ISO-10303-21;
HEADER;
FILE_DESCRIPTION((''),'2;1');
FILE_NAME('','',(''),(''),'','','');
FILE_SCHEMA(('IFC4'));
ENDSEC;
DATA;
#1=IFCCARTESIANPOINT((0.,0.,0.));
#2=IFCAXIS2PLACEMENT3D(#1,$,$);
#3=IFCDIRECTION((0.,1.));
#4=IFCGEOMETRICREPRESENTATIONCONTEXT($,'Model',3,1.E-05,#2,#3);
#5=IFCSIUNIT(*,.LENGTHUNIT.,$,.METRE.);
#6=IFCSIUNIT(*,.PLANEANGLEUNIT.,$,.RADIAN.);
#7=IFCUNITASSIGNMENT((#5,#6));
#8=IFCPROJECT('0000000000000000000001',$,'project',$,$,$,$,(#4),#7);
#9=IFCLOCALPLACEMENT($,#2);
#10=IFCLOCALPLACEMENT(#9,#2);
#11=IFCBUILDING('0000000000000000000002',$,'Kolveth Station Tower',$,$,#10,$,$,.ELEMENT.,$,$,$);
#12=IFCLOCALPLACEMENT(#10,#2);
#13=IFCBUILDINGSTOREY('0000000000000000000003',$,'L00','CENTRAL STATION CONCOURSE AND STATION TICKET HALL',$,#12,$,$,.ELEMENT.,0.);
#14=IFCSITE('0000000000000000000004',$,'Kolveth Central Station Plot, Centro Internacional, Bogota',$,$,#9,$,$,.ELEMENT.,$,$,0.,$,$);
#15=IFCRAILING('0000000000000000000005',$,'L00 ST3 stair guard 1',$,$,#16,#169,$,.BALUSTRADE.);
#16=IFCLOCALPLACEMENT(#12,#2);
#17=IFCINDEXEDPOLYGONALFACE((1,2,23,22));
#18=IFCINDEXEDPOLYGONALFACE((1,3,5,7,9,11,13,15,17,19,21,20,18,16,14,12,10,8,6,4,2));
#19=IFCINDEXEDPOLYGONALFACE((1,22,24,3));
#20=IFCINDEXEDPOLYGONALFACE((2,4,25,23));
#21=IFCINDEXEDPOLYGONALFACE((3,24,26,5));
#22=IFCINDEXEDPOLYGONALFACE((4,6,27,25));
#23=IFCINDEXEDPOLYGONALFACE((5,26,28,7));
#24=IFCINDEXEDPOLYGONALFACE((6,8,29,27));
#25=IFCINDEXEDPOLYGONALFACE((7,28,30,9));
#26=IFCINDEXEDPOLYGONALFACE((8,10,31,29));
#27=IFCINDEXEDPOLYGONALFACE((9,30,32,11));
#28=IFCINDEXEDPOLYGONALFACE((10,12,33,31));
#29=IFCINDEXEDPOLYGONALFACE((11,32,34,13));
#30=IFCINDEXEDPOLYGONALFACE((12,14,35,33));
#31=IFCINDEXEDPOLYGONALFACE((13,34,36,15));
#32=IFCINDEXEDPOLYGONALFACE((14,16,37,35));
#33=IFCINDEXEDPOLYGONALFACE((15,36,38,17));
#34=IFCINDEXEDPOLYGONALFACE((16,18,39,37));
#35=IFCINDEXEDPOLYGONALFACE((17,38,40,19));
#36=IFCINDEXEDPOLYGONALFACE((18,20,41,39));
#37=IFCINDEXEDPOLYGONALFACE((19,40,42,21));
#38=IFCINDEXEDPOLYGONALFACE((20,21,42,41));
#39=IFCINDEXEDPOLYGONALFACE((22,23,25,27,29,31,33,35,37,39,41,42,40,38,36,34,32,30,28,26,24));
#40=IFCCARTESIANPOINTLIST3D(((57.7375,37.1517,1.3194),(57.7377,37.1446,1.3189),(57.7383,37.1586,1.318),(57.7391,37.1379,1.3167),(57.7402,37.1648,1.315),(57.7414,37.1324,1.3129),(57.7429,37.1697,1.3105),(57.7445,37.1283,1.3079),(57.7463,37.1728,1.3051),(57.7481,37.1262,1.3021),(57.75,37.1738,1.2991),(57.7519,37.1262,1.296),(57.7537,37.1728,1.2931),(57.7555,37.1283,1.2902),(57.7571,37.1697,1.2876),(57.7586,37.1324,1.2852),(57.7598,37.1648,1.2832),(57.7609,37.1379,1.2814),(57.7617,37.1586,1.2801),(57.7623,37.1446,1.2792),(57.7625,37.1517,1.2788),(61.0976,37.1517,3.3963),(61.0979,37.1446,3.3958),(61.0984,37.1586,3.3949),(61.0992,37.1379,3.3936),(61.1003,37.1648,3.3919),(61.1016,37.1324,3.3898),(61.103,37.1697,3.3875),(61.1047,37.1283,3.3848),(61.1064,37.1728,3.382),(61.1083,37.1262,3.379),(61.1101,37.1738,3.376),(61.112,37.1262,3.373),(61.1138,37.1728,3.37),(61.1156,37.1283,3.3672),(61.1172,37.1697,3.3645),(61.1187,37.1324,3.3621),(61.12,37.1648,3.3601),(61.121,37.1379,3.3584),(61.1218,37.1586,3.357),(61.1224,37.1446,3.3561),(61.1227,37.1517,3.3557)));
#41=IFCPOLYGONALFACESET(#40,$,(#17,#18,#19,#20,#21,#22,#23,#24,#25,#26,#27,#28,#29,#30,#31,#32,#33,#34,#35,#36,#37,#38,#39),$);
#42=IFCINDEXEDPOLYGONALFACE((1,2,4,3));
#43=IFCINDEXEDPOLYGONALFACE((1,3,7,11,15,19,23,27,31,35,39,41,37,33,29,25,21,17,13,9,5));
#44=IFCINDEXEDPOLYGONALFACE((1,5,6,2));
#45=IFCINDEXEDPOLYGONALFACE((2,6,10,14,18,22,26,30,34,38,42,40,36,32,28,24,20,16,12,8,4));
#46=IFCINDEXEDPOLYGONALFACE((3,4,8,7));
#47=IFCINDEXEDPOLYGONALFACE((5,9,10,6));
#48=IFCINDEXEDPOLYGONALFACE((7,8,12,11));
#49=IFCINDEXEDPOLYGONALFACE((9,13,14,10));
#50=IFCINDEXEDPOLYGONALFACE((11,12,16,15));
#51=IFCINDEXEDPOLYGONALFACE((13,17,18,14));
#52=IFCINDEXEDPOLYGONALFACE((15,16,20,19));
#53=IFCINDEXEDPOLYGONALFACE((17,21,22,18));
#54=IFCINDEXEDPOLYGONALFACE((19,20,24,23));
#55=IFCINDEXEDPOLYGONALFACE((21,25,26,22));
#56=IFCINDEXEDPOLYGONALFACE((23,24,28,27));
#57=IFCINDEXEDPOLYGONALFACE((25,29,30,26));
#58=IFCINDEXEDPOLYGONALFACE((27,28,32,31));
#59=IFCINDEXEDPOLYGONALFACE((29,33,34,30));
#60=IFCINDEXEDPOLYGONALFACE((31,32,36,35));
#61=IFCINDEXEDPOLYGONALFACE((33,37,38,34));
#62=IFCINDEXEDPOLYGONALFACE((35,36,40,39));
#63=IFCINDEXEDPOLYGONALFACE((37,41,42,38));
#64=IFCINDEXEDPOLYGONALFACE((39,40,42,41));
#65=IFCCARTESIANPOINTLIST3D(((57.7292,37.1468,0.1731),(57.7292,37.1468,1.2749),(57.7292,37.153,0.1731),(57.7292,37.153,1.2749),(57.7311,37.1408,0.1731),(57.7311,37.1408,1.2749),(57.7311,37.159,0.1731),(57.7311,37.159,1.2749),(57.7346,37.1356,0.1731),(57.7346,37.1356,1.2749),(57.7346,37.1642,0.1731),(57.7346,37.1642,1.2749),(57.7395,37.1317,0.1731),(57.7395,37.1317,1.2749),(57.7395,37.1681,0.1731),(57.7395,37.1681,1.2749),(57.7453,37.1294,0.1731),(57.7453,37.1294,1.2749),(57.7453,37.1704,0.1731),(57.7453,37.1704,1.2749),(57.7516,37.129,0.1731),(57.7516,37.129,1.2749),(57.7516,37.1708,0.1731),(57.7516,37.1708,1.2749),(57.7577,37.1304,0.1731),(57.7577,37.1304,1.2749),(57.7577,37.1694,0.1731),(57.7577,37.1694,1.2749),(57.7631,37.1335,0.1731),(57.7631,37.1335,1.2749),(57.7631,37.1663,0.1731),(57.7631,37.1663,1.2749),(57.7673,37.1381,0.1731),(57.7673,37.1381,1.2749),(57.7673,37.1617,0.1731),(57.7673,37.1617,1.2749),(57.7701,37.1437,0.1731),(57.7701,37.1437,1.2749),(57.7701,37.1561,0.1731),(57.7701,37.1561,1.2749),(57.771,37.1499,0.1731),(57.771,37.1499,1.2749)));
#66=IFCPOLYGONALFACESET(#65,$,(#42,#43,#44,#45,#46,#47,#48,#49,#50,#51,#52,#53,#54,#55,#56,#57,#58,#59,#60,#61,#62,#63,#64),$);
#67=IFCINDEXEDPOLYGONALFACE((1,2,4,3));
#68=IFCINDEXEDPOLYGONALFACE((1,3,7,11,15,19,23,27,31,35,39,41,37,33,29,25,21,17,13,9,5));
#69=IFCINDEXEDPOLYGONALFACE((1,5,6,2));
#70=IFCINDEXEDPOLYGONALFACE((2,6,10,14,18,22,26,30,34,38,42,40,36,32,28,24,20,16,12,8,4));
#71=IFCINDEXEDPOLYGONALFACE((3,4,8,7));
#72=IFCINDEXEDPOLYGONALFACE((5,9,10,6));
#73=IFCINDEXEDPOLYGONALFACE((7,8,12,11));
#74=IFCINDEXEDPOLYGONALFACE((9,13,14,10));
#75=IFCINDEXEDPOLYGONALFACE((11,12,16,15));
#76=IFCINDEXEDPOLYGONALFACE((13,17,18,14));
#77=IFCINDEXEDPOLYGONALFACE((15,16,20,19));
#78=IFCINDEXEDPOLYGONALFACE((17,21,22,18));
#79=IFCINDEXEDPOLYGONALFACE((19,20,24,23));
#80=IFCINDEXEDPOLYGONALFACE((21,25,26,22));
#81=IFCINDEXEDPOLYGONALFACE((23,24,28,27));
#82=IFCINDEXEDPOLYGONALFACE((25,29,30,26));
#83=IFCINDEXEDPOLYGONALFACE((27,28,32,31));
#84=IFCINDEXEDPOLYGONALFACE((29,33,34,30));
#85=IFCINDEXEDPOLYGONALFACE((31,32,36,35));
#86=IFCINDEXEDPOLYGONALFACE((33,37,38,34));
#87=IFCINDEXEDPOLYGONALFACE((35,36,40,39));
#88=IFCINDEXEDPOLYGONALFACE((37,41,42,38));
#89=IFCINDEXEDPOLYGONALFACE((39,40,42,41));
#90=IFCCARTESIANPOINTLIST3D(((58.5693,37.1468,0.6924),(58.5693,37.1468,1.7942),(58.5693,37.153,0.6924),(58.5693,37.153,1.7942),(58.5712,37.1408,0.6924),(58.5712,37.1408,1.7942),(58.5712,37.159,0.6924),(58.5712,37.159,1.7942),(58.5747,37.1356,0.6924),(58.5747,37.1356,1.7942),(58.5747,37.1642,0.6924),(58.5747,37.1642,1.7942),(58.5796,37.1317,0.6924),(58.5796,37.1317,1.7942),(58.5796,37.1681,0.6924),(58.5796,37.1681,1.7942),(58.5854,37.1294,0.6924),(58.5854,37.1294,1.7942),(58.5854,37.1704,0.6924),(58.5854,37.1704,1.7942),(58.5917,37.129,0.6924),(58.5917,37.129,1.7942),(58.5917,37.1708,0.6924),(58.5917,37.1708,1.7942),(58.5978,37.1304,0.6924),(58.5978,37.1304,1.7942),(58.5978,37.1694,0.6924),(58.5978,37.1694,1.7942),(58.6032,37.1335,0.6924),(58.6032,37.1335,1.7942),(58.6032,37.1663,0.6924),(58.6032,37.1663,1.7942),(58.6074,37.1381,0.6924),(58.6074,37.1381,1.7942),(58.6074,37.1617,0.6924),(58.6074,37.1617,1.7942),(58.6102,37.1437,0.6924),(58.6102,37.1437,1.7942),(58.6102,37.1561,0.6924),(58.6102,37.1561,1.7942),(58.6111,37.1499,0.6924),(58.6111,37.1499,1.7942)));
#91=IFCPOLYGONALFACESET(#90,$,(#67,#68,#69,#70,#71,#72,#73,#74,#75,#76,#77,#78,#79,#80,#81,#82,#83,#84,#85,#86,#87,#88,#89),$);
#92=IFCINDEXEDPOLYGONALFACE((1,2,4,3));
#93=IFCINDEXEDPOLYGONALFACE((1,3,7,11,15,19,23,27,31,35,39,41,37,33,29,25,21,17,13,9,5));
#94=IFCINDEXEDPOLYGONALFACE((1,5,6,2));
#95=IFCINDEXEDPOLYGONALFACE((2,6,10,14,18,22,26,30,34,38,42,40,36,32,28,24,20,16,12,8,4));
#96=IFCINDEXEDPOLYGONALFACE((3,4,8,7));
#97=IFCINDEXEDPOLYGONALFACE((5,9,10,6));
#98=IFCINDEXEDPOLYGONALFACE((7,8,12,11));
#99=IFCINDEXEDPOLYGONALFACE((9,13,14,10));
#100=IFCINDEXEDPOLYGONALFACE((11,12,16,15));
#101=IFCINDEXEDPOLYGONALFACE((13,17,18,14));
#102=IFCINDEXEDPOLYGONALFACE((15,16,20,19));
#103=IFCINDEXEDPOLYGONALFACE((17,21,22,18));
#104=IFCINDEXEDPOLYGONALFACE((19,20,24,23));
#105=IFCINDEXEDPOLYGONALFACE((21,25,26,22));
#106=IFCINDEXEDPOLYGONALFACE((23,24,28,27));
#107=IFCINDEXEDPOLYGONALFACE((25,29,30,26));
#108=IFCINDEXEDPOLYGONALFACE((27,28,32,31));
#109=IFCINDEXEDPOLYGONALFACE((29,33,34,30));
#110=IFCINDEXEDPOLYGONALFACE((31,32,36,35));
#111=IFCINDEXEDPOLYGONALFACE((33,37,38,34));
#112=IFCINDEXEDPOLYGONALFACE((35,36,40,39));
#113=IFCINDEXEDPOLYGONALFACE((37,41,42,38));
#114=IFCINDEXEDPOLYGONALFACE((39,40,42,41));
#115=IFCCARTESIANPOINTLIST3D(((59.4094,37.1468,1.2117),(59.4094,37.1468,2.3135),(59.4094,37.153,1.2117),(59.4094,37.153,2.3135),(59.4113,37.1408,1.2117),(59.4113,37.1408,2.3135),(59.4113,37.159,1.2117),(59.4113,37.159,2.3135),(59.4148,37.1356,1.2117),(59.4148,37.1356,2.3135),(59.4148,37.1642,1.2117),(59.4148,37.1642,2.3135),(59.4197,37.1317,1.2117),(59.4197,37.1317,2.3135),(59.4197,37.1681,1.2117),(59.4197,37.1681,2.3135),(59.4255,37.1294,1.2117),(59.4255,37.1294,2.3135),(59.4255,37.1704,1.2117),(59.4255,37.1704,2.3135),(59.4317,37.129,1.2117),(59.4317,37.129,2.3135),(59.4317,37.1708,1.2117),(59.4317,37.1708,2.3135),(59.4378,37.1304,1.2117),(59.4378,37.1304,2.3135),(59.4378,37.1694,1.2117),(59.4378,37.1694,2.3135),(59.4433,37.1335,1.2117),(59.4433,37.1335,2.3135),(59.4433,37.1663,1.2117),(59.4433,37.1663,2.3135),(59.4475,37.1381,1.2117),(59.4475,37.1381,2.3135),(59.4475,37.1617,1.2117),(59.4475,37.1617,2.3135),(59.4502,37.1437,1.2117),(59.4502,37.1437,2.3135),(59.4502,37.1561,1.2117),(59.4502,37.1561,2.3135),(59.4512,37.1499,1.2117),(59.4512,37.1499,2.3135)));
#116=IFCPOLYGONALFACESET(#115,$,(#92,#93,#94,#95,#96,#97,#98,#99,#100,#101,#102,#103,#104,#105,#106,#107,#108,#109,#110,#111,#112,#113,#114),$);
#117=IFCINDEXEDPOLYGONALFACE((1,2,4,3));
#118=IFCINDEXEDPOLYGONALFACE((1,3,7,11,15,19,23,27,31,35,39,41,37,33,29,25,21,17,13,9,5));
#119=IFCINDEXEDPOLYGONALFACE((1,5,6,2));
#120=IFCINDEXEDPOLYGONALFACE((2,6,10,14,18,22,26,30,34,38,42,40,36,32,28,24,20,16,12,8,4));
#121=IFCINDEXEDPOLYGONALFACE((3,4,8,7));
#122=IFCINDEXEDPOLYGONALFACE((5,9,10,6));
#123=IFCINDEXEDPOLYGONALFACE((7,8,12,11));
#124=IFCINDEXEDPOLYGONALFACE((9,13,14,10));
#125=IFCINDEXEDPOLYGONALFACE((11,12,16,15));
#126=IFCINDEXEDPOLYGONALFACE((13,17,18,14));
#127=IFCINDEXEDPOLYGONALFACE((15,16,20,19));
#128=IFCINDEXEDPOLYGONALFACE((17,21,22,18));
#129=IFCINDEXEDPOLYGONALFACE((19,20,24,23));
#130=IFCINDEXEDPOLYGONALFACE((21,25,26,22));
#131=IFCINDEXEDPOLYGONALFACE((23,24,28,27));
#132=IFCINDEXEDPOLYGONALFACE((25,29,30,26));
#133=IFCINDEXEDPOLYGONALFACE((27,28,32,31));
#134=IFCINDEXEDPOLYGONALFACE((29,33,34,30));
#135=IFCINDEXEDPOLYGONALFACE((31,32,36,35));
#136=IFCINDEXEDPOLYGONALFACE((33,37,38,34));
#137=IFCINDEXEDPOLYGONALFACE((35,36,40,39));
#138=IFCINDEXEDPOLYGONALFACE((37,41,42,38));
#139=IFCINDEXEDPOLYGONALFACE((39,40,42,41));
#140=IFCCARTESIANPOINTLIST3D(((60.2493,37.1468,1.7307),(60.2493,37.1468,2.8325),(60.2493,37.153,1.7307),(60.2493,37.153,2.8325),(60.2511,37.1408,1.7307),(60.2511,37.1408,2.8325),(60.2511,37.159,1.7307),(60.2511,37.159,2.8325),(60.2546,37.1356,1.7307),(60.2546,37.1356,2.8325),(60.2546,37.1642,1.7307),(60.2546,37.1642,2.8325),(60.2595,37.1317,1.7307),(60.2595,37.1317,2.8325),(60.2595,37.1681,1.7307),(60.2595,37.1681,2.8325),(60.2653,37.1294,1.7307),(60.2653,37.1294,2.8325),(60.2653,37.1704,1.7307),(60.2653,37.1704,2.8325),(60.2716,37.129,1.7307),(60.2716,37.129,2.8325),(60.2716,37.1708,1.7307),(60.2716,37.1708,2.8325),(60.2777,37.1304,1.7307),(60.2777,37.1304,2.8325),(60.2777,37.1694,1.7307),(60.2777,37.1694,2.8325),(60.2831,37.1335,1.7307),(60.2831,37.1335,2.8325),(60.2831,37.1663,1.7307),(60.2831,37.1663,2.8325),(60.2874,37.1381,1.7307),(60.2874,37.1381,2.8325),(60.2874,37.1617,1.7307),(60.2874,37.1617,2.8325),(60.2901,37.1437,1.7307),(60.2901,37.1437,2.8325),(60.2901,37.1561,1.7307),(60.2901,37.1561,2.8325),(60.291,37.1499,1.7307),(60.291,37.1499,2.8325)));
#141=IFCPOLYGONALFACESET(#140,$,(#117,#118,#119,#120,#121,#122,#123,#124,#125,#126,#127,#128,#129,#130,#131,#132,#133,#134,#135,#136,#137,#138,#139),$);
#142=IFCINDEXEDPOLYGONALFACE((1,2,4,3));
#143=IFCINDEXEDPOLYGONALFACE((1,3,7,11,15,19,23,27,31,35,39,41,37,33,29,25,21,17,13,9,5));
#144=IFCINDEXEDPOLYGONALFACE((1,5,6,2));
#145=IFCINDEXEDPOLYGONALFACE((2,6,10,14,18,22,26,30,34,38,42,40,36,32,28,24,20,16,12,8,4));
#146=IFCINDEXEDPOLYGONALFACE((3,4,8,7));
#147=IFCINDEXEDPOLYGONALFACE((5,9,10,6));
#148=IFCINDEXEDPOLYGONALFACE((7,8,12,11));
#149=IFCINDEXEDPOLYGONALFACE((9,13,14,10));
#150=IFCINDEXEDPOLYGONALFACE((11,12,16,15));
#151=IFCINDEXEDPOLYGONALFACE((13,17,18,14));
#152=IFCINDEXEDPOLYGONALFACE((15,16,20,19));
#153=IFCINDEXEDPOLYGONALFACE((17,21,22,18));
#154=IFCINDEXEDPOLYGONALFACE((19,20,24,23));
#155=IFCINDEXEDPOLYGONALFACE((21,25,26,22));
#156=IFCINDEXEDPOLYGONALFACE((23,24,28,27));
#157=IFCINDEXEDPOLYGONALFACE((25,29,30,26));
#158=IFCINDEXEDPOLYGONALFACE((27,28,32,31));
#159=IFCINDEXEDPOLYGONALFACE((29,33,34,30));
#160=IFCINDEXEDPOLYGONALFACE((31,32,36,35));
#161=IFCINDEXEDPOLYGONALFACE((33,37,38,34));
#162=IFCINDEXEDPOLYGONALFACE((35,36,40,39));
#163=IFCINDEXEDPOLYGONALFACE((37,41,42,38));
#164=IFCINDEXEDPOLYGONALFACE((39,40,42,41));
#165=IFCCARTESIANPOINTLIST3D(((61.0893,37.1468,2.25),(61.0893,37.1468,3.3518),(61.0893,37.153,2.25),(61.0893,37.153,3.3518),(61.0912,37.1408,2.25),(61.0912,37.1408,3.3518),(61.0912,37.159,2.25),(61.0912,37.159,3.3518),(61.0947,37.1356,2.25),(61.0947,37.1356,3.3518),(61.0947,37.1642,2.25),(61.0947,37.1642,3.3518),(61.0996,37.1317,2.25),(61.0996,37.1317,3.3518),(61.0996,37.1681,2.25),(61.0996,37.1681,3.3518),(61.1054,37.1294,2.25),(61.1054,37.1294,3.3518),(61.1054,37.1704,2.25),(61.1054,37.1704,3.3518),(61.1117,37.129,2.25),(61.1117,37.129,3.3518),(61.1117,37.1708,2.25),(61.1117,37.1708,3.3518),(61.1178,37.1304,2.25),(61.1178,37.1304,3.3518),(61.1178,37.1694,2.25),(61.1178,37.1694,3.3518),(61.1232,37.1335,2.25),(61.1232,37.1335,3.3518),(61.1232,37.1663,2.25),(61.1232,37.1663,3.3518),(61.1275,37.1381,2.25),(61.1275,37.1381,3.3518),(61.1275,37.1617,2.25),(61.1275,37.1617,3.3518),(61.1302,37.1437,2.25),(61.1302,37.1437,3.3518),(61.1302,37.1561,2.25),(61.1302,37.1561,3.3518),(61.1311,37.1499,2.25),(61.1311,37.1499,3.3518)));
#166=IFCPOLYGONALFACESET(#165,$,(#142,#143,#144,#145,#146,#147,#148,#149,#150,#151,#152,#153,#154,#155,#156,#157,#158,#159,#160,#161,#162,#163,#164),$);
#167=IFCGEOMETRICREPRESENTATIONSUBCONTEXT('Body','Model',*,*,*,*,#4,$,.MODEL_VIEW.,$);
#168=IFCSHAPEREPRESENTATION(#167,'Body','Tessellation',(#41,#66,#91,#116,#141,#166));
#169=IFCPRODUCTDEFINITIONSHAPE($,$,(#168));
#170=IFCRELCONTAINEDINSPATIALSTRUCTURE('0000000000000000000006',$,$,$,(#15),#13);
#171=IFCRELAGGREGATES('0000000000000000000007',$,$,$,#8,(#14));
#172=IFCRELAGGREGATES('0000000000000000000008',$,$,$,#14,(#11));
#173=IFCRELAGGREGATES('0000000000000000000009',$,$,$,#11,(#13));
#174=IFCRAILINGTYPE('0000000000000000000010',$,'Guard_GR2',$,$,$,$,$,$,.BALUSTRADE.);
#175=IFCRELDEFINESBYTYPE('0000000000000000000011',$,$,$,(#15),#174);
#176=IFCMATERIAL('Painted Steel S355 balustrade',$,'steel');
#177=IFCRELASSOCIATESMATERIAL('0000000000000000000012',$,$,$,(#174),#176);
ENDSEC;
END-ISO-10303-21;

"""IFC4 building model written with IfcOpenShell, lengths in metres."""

from ifc_helpers import new_model, si_unit, direction, frame, origin, origin_2d, place, context, subcontext, project, spatial, circle, extrude, material, type_object, element, save


model = new_model("IFC4")

# Units and contexts
model_context = context("Model", 3, precision=1e-05, world=origin(), true_north=direction((0.0, 1.0)))
body_context = subcontext(model_context, "Body", "Model", "MODEL_VIEW")
ifc_project = project(units=[si_unit("LENGTHUNIT", "METRE"), si_unit("PLANEANGLEUNIT", "RADIAN")], contexts=[model_context])

# Site, building, storey
site_placement = place(None, origin())
site = spatial("IfcSite", under=ifc_project, at=site_placement, Name="Kolveth Central Station Plot, Centro Internacional, Bogota", CompositionType="ELEMENT", RefElevation=0.0)
building_placement = place(site_placement, origin())
building = spatial("IfcBuilding", under=site, at=building_placement, Name="Kolveth Station Tower", CompositionType="ELEMENT")
storey_placement = place(building_placement, origin())
storey = spatial("IfcBuildingStorey", under=building, at=storey_placement, Name="L00", Description="CENTRAL STATION CONCOURSE AND STATION TICKET HALL", CompositionType="ELEMENT", Elevation=0.0)

# Railing
ifc_material_1 = material(Name="Painted Steel S355 balustrade", Category="steel")
railing_type_1 = type_object("IfcRailingType", Name="Guard_GR2", PredefinedType="BALUSTRADE", material=ifc_material_1)
railing_1_placement = place(storey_placement, frame((57.75, 37.1499, 0.1731)))
element("IfcRailing", 1, at=railing_1_placement, inside=storey, type_object=railing_type_1, Name="L00 ST3 stair guard 1", PredefinedType="BALUSTRADE", context=body_context, shape_type="SweptSolid", body=[
    extrude(circle(Radius=0.0239, at=origin_2d()), frame((0.0, 0.0, 1.126), z_axis=(0.850623, 0.0, 0.525776), x_axis=(0.0, 1.0, 0.0)), (0.0, 0.0, 1.0), 3.9502),
    extrude(circle(Radius=0.021, at=origin_2d()), origin(), (0.0, 0.0, 1.0), 1.1018),
    extrude(circle(Radius=0.021, at=origin_2d()), frame((0.8401, 0.0, 0.5193)), (0.0, 0.0, 1.0), 1.1018),
    extrude(circle(Radius=0.021, at=origin_2d()), frame((1.6802, 0.0, 1.0386)), (0.0, 0.0, 1.0), 1.1018),
    extrude(circle(Radius=0.021, at=origin_2d()), frame((2.52, 0.0, 1.5576)), (0.0, 0.0, 1.0), 1.1018),
    extrude(circle(Radius=0.021, at=origin_2d()), frame((3.3601, 0.0, 2.0769)), (0.0, 0.0, 1.0), 1.1018),
])

save(model, "model.ifc")
